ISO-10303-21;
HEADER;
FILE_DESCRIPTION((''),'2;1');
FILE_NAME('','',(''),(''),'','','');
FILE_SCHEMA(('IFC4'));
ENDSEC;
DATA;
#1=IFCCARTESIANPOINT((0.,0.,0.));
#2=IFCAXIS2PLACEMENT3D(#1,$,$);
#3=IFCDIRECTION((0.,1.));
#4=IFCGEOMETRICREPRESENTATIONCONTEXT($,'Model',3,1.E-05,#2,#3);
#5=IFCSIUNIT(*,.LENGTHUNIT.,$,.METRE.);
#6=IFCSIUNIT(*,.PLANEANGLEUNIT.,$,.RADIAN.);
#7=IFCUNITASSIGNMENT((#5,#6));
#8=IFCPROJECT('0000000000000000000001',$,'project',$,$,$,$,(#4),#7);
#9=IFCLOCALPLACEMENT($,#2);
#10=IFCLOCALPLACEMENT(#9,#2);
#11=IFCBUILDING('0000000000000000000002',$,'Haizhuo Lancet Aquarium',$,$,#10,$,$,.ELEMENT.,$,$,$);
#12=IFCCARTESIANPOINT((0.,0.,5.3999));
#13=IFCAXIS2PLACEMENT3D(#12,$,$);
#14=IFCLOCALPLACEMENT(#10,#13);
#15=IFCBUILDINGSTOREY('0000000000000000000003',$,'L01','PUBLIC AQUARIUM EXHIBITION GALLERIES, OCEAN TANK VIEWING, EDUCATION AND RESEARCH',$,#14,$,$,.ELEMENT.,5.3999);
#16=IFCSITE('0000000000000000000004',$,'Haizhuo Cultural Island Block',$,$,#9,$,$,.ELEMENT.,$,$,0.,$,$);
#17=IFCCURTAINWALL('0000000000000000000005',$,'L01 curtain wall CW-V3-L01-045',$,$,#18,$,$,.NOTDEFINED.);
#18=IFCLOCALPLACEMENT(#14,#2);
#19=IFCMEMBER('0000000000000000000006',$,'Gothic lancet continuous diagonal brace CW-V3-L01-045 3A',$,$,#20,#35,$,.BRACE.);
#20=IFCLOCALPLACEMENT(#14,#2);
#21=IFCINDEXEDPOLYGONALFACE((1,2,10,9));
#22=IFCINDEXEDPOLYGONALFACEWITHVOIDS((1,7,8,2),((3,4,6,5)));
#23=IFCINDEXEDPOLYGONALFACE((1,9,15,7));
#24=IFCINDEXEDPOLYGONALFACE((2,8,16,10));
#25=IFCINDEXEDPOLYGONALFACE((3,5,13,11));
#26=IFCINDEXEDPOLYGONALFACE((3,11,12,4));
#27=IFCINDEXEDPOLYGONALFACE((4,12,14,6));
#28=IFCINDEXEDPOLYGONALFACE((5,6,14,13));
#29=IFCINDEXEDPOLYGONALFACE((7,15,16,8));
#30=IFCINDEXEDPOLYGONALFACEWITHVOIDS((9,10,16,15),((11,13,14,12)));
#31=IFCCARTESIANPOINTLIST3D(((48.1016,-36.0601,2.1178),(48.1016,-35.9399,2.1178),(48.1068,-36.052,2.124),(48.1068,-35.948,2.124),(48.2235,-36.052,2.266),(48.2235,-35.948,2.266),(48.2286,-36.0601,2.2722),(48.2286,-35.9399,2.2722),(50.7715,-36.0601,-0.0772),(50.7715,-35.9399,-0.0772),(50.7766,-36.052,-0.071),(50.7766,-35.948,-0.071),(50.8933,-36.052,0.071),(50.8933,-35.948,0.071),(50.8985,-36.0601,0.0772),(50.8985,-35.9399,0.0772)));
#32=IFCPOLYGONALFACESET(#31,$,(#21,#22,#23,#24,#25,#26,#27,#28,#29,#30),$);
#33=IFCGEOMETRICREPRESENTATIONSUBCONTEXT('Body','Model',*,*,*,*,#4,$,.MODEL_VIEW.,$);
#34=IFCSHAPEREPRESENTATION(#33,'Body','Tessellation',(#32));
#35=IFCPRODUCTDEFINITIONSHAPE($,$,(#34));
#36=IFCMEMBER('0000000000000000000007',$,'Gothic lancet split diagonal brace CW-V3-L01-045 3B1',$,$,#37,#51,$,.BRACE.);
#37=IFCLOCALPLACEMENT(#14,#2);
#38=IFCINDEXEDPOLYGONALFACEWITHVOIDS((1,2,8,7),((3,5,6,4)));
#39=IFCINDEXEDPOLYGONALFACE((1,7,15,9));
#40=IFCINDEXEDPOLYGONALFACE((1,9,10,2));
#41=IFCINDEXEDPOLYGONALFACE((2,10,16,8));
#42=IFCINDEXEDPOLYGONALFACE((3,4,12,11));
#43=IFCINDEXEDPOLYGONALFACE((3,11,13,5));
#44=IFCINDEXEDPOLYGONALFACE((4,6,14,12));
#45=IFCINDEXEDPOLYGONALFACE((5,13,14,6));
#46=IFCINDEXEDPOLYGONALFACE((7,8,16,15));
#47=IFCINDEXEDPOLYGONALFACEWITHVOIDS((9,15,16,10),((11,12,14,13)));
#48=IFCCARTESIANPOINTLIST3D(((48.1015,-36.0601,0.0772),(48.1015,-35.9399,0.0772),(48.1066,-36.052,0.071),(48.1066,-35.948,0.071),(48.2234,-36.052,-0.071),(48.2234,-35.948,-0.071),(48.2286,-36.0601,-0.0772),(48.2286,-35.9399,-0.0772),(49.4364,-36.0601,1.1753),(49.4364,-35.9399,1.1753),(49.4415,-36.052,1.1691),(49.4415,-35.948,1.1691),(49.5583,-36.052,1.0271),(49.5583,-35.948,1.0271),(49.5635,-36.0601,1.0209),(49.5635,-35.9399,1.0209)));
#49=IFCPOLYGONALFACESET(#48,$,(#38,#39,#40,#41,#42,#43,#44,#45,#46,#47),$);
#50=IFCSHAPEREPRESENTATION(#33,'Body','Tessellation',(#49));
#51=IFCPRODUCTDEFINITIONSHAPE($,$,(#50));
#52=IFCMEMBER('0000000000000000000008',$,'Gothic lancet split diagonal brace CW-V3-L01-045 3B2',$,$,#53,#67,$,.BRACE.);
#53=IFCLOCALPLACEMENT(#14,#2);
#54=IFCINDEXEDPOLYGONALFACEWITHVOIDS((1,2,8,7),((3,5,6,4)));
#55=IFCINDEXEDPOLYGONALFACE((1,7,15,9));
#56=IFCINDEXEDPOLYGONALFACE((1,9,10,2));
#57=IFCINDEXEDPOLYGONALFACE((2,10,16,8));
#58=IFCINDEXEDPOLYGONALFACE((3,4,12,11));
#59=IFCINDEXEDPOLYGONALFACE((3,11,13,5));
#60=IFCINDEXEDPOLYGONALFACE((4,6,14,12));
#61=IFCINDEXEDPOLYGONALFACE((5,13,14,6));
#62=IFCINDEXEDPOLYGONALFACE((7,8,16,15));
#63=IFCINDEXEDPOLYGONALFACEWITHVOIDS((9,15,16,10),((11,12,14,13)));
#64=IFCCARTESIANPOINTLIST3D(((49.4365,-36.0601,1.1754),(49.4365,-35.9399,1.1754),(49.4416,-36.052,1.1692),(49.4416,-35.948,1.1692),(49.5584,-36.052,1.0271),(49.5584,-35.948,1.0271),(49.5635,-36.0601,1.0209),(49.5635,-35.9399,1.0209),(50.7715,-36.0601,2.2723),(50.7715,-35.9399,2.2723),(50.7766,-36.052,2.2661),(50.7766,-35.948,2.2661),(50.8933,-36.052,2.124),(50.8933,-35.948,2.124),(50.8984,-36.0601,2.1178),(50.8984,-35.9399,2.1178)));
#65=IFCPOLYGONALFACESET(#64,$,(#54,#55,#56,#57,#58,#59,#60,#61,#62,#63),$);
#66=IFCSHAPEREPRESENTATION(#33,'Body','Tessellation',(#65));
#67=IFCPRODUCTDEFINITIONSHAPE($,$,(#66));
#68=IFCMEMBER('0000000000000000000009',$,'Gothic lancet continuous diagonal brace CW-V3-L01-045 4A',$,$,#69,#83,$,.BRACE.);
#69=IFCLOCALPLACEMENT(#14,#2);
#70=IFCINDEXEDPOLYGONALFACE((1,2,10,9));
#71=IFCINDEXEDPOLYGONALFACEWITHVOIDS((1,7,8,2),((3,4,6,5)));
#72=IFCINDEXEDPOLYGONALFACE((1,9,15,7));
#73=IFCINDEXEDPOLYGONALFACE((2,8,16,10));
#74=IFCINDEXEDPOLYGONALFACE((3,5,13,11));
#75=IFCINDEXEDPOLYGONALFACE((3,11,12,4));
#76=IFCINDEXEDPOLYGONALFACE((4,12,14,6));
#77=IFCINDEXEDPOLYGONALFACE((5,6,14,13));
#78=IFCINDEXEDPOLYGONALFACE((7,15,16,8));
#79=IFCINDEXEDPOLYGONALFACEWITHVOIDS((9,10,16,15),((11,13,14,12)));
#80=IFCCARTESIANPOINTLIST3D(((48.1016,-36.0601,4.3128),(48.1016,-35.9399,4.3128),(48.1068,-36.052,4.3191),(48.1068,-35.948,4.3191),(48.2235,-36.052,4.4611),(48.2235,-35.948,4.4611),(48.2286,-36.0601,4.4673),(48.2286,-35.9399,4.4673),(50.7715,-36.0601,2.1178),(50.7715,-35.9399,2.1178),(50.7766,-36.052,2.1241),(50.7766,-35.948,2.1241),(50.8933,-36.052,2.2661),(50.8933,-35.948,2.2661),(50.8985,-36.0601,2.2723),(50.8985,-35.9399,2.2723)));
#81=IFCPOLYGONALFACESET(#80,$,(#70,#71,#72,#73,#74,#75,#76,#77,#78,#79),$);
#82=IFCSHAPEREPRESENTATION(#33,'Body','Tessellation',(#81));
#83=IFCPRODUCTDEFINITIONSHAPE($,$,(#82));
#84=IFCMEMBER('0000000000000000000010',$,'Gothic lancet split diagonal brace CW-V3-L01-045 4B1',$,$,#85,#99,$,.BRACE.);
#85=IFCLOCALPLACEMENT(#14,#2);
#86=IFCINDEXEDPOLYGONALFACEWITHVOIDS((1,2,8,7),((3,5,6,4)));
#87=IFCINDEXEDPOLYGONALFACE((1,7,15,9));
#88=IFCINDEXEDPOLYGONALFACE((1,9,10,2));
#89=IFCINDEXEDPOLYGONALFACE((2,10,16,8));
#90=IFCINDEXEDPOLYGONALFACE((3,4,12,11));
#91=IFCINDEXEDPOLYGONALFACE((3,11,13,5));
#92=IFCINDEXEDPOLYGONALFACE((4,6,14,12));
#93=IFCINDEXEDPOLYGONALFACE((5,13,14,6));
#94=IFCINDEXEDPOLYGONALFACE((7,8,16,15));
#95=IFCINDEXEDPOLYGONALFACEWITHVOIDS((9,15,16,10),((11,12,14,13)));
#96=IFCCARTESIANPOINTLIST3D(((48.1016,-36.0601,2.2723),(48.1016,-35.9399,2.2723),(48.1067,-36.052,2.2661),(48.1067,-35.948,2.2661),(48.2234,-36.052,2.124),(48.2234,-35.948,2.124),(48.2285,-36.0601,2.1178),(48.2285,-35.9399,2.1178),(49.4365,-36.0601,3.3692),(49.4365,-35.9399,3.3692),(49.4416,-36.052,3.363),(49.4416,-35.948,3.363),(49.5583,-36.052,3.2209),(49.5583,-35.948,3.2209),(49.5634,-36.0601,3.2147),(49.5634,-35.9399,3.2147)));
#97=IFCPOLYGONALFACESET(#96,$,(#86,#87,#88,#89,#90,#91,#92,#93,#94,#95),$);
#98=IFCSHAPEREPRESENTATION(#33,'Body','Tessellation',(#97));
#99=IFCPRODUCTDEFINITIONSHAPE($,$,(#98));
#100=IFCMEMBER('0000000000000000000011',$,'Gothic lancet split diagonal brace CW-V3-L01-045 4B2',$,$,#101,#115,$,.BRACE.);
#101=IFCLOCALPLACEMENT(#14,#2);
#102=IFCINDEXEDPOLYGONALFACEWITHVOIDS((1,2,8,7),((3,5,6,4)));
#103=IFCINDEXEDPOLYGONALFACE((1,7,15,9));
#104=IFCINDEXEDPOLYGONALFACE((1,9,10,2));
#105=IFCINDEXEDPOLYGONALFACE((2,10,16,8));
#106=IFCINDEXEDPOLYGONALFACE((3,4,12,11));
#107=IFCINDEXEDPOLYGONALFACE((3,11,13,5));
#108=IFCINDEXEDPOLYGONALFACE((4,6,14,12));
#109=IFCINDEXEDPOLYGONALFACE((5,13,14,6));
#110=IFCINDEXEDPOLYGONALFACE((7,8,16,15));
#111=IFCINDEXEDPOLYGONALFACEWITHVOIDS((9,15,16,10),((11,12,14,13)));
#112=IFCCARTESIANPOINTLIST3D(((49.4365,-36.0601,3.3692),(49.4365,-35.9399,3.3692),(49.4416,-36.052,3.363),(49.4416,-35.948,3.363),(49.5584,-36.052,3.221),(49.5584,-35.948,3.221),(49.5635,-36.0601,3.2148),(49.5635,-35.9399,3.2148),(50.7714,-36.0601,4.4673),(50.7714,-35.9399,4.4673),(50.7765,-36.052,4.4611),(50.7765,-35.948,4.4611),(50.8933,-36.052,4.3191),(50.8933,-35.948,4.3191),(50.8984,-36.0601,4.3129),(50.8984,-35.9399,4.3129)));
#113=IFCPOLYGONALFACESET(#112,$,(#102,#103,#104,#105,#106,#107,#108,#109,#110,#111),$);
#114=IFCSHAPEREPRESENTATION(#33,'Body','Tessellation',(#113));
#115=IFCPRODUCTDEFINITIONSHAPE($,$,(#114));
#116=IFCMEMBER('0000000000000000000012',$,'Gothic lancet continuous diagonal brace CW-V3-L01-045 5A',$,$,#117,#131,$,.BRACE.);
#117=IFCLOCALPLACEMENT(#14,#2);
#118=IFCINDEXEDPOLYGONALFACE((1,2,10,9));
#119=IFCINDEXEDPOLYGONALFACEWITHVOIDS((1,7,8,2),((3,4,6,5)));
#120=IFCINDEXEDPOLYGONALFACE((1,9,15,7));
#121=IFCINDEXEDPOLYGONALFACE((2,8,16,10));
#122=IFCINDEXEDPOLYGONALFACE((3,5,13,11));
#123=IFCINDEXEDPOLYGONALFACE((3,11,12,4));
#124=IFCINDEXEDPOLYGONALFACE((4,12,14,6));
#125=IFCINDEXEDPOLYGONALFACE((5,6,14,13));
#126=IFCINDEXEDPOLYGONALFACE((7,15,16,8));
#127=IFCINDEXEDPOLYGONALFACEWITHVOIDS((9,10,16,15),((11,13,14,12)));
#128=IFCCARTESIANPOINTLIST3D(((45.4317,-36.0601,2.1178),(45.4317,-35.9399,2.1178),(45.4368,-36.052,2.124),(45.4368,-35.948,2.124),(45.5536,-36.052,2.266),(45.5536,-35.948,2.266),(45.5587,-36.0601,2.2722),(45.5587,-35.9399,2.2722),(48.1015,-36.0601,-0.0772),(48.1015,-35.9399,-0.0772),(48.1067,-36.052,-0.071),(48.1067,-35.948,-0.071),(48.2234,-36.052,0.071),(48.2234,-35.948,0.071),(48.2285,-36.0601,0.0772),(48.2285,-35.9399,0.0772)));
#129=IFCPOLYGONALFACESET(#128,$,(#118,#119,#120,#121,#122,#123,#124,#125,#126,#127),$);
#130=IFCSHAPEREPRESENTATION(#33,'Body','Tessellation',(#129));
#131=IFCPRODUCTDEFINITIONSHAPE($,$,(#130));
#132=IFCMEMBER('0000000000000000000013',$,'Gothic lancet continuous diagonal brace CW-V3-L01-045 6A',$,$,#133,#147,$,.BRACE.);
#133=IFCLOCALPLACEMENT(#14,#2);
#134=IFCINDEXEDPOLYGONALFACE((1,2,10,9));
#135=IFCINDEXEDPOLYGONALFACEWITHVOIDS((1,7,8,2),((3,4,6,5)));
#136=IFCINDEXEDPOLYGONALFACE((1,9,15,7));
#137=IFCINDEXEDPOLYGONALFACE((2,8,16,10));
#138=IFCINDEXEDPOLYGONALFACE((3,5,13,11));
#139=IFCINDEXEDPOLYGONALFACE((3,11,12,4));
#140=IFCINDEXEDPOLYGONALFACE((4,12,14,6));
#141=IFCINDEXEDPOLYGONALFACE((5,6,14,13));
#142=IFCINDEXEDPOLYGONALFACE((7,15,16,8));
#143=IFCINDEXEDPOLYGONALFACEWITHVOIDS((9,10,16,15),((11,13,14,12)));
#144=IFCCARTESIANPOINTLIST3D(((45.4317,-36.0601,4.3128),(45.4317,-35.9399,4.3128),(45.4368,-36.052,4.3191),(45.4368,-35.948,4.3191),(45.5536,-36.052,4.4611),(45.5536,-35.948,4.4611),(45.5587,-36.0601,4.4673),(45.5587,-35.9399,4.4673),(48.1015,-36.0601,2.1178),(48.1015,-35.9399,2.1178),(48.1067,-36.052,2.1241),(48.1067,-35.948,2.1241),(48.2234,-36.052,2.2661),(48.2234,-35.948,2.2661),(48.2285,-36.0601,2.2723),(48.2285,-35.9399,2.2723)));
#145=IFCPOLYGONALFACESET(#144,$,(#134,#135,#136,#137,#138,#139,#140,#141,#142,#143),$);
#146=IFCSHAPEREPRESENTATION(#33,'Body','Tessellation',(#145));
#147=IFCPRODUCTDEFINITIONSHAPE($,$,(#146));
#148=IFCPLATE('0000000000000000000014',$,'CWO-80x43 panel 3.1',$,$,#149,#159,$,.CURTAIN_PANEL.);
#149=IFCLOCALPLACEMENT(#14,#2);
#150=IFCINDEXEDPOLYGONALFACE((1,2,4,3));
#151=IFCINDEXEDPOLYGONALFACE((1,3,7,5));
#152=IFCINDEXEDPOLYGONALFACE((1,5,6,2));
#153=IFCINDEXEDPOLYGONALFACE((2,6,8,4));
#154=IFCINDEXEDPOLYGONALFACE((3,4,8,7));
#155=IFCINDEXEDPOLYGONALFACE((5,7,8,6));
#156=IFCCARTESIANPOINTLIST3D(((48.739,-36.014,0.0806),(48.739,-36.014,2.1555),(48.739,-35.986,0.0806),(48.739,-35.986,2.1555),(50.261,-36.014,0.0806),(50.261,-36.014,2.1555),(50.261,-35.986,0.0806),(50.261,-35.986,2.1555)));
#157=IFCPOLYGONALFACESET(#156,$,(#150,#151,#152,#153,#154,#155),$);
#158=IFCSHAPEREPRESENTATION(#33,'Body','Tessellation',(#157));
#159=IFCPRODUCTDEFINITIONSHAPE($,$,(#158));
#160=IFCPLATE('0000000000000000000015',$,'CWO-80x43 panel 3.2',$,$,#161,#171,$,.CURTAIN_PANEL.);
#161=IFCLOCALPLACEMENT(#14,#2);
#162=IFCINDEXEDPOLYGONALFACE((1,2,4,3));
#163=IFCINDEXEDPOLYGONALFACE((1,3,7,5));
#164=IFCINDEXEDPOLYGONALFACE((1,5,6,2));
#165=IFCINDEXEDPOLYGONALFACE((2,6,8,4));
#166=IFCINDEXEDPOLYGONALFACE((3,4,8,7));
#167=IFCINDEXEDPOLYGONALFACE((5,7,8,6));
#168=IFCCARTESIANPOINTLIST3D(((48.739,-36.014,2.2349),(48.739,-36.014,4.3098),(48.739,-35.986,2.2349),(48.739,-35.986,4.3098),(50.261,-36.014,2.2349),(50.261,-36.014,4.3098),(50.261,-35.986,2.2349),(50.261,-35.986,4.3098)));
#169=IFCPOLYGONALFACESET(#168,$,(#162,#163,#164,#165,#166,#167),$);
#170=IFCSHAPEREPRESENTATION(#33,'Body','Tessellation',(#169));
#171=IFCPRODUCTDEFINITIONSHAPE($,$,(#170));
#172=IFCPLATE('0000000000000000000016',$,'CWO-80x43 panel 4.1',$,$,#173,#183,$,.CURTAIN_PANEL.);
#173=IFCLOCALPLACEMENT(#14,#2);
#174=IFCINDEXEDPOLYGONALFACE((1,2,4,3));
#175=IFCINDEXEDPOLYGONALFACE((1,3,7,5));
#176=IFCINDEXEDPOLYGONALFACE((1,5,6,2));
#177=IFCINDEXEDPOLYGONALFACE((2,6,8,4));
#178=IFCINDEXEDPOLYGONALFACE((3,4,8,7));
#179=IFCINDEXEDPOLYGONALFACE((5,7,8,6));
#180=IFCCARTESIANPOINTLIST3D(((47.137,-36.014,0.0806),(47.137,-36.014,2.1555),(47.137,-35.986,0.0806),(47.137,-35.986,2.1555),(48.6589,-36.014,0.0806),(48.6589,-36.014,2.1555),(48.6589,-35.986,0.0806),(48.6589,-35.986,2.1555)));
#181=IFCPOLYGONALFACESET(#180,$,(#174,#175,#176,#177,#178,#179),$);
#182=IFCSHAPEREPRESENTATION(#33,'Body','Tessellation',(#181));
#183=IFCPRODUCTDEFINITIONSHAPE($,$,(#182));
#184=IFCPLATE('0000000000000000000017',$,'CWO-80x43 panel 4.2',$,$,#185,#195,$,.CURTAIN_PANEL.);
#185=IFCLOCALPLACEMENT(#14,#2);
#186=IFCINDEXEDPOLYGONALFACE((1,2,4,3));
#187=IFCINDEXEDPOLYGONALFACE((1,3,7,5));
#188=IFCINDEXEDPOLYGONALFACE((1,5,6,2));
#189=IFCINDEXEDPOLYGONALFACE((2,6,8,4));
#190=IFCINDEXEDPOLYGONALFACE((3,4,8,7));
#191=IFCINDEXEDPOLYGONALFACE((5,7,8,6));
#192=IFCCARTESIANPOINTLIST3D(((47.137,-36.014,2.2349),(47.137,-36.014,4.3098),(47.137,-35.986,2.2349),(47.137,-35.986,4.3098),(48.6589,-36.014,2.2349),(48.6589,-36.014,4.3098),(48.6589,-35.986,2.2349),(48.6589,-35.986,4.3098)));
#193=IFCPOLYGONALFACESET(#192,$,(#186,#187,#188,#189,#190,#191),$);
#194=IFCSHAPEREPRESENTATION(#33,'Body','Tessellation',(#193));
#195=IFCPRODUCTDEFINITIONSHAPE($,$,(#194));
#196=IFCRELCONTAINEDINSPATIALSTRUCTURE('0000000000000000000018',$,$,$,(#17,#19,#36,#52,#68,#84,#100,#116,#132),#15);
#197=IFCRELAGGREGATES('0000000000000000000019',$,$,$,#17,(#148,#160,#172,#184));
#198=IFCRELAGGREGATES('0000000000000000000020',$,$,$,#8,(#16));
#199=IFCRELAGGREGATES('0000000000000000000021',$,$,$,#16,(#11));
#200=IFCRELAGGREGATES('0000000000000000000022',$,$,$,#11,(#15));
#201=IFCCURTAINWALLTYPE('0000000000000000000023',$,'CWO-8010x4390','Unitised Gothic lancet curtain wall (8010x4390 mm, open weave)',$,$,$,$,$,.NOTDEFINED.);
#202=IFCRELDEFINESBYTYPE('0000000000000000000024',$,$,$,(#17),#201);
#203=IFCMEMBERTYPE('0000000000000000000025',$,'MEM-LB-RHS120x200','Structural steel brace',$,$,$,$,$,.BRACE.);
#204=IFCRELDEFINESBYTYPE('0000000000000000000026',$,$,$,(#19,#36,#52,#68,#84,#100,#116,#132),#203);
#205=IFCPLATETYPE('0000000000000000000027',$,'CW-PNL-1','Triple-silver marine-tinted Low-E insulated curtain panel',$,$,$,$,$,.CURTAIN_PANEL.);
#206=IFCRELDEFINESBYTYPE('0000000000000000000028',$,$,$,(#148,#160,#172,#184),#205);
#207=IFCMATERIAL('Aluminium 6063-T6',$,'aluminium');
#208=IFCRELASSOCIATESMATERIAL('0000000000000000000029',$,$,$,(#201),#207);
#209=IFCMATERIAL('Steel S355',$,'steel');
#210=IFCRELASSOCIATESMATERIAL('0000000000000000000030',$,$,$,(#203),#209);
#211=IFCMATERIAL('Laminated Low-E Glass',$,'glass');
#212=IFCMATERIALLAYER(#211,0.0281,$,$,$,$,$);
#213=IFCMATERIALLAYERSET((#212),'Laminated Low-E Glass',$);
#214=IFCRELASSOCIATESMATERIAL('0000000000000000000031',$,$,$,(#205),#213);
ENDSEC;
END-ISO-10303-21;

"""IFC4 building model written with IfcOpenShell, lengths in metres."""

from ifc_helpers import new_model, si_unit, direction, frame, origin, origin_2d, place, context, subcontext, project, spatial, rectangle, hollow_rectangle, extrude, material, layer, layer_set, material_profile, profile_set, type_object, element, aggregate, save


model = new_model("IFC4")

# Units and contexts
model_context = context("Model", 3, precision=1e-05, world=origin(), true_north=direction((0.0, 1.0)))
body_context = subcontext(model_context, "Body", "Model", "MODEL_VIEW")
ifc_project = project(units=[si_unit("LENGTHUNIT", "METRE"), si_unit("PLANEANGLEUNIT", "RADIAN")], contexts=[model_context])

# Site, building, storey
site_placement = place(None, origin())
site = spatial("IfcSite", under=ifc_project, at=site_placement, Name="Haizhuo Cultural Island Block", CompositionType="ELEMENT", RefElevation=0.0)
building_placement = place(site_placement, origin())
building = spatial("IfcBuilding", under=site, at=building_placement, Name="Haizhuo Lancet Aquarium", CompositionType="ELEMENT")
storey_placement = place(building_placement, frame((0.0, 0.0, 5.3999)))
storey = spatial("IfcBuildingStorey", under=building, at=storey_placement, Name="L01", Description="PUBLIC AQUARIUM EXHIBITION GALLERIES, OCEAN TANK VIEWING, EDUCATION AND RESEARCH", CompositionType="ELEMENT", Elevation=5.3999)

# Curtain wall
ifc_material_1 = material(Name="Aluminium 6063-T6", Category="aluminium")
curtain_wall_type = type_object("IfcCurtainWallType", Name="CWO-8010x4390", Description="Unitised Gothic lancet curtain wall (8010x4390 mm, open weave)", PredefinedType="NOTDEFINED", material=ifc_material_1)
curtain_wall_placement = place(storey_placement, origin())
curtain_wall = element("IfcCurtainWall", 1, at=curtain_wall_placement, inside=storey, type_object=curtain_wall_type, Name="L01 curtain wall CW-V3-L01-045", PredefinedType="NOTDEFINED")

# Members
ifc_material_2 = material(Name="Steel S355", Category="steel")
ifc_material_profile_1 = material_profile(ifc_material_2, hollow_rectangle(XDim=0.1201, YDim=0.2, WallThickness=0.0081, at=origin_2d()), Name="RHS 120x200x8")
ifc_profile_set_1 = profile_set([ifc_material_profile_1], Name="Steel S355")
member_type_1 = type_object("IfcMemberType", Name="MEM-LB-RHS120x200", Description="Structural steel brace", PredefinedType="BRACE", material=ifc_profile_set_1)
member_1_placement = place(storey_placement, frame((50.835, -36.0, 0.0), z_axis=(-0.772454, 0.0, 0.635071), x_axis=(0.0, -1.0, 0.0)))
element("IfcMember", 2, at=member_1_placement, inside=storey, type_object=member_type_1, Name="Gothic lancet continuous diagonal brace CW-V3-L01-045 3A", PredefinedType="BRACE", context=body_context, shape_type="SweptSolid", body=[
    extrude(hollow_rectangle(XDim=0.1201, YDim=0.2, WallThickness=0.0081, at=origin_2d()), origin(), (0.0, 0.0, 1.0), 3.4563),
])
member_2_placement = place(storey_placement, frame((48.165, -36.0, 0.0), z_axis=(0.772281, 0.0, 0.635281), x_axis=(0.0, 1.0, 0.0)))
element("IfcMember", 3, at=member_2_placement, inside=storey, type_object=member_type_1, Name="Gothic lancet split diagonal brace CW-V3-L01-045 3B1", PredefinedType="BRACE", context=body_context, shape_type="SweptSolid", body=[
    extrude(hollow_rectangle(XDim=0.1201, YDim=0.2, WallThickness=0.0081, at=origin_2d()), origin(), (0.0, 0.0, 1.0), 1.7285),
])
member_3_placement = place(storey_placement, frame((49.5, -36.0, 1.0981), z_axis=(0.772627, 0.0, 0.63486), x_axis=(0.0, 1.0, 0.0)))
element("IfcMember", 4, at=member_3_placement, inside=storey, type_object=member_type_1, Name="Gothic lancet split diagonal brace CW-V3-L01-045 3B2", PredefinedType="BRACE", context=body_context, shape_type="SweptSolid", body=[
    extrude(hollow_rectangle(XDim=0.1201, YDim=0.2, WallThickness=0.0081, at=origin_2d()), origin(), (0.0, 0.0, 1.0), 1.7278),
])
member_4_placement = place(storey_placement, frame((50.835, -36.0, 2.1951), z_axis=(-0.772454, 0.0, 0.635071), x_axis=(0.0, -1.0, 0.0)))
element("IfcMember", 5, at=member_4_placement, inside=storey, type_object=member_type_1, Name="Gothic lancet continuous diagonal brace CW-V3-L01-045 4A", PredefinedType="BRACE", context=body_context, shape_type="SweptSolid", body=[
    extrude(hollow_rectangle(XDim=0.1201, YDim=0.2, WallThickness=0.0081, at=origin_2d()), origin(), (0.0, 0.0, 1.0), 3.4563),
])
member_5_placement = place(storey_placement, frame((48.165, -36.0, 2.1951), z_axis=(0.772627, 0.0, 0.63486), x_axis=(0.0, 1.0, 0.0)))
element("IfcMember", 6, at=member_5_placement, inside=storey, type_object=member_type_1, Name="Gothic lancet split diagonal brace CW-V3-L01-045 4B1", PredefinedType="BRACE", context=body_context, shape_type="SweptSolid", body=[
    extrude(hollow_rectangle(XDim=0.1201, YDim=0.2, WallThickness=0.0081, at=origin_2d()), origin(), (0.0, 0.0, 1.0), 1.7278),
])
member_6_placement = place(storey_placement, frame((49.5, -36.0, 3.292), z_axis=(0.772281, 0.0, 0.635281), x_axis=(0.0, 1.0, 0.0)))
element("IfcMember", 7, at=member_6_placement, inside=storey, type_object=member_type_1, Name="Gothic lancet split diagonal brace CW-V3-L01-045 4B2", PredefinedType="BRACE", context=body_context, shape_type="SweptSolid", body=[
    extrude(hollow_rectangle(XDim=0.1201, YDim=0.2, WallThickness=0.0081, at=origin_2d()), origin(), (0.0, 0.0, 1.0), 1.7285),
])
for number, where, z_axis, x_axis, name in (
    (8, (48.165, -36.0, 0.0), (-0.772454, 0.0, 0.635071), (0.0, -1.0, 0.0), "Gothic lancet continuous diagonal brace CW-V3-L01-045 5A"),
    (9, (48.165, -36.0, 2.1951), (-0.772454, 0.0, 0.635071), (0.0, -1.0, 0.0), "Gothic lancet continuous diagonal brace CW-V3-L01-045 6A"),
):
    element("IfcMember", number, at=place(storey_placement, frame(where, z_axis=z_axis, x_axis=x_axis)), inside=storey, type_object=member_type_1, Name=name, PredefinedType="BRACE", context=body_context, shape_type="SweptSolid", body=[
        extrude(hollow_rectangle(XDim=0.1201, YDim=0.2, WallThickness=0.0081, at=origin_2d()), origin(), (0.0, 0.0, 1.0), 3.4563),
    ])

# Plates
ifc_material_3 = material(Name="Laminated Low-E Glass", Category="glass")
ifc_layer = layer(ifc_material_3, 0.0281)
ifc_layer_set = layer_set([ifc_layer], Name="Laminated Low-E Glass")
plate_type = type_object("IfcPlateType", Name="CW-PNL-1", Description="Triple-silver marine-tinted Low-E insulated curtain panel", PredefinedType="CURTAIN_PANEL", material=ifc_layer_set)
plate_1_placement = place(storey_placement, frame((49.5, -36.0, 0.0806), z_axis=(0.0, 0.0, 1.0), x_axis=(-1.0, 0.0, 0.0)))
plate_1 = element("IfcPlate", 10, at=plate_1_placement, type_object=plate_type, Name="CWO-80x43 panel 3.1", PredefinedType="CURTAIN_PANEL", context=body_context, shape_type="SweptSolid", body=[
    extrude(rectangle(XDim=1.522, YDim=0.0281, at=origin_2d()), origin(), (0.0, 0.0, 1.0), 2.075),
])
plate_2_placement = place(storey_placement, frame((49.5, -36.0, 2.2349), z_axis=(0.0, 0.0, 1.0), x_axis=(-1.0, 0.0, 0.0)))
plate_2 = element("IfcPlate", 11, at=plate_2_placement, type_object=plate_type, Name="CWO-80x43 panel 3.2", PredefinedType="CURTAIN_PANEL", context=body_context, shape_type="SweptSolid", body=[
    extrude(rectangle(XDim=1.522, YDim=0.0281, at=origin_2d()), origin(), (0.0, 0.0, 1.0), 2.075),
])
plate_3_placement = place(storey_placement, frame((47.8979, -36.0, 0.0806), z_axis=(0.0, 0.0, 1.0), x_axis=(-1.0, 0.0, 0.0)))
plate_3 = element("IfcPlate", 12, at=plate_3_placement, type_object=plate_type, Name="CWO-80x43 panel 4.1", PredefinedType="CURTAIN_PANEL", context=body_context, shape_type="SweptSolid", body=[
    extrude(rectangle(XDim=1.522, YDim=0.0281, at=origin_2d()), origin(), (0.0, 0.0, 1.0), 2.075),
])
plate_4_placement = place(storey_placement, frame((47.8979, -36.0, 2.2349), z_axis=(0.0, 0.0, 1.0), x_axis=(-1.0, 0.0, 0.0)))
plate_4 = element("IfcPlate", 13, at=plate_4_placement, type_object=plate_type, Name="CWO-80x43 panel 4.2", PredefinedType="CURTAIN_PANEL", context=body_context, shape_type="SweptSolid", body=[
    extrude(rectangle(XDim=1.522, YDim=0.0281, at=origin_2d()), origin(), (0.0, 0.0, 1.0), 2.075),
])
aggregate(curtain_wall, [plate_1, plate_2, plate_3, plate_4])

save(model, "model.ifc")
